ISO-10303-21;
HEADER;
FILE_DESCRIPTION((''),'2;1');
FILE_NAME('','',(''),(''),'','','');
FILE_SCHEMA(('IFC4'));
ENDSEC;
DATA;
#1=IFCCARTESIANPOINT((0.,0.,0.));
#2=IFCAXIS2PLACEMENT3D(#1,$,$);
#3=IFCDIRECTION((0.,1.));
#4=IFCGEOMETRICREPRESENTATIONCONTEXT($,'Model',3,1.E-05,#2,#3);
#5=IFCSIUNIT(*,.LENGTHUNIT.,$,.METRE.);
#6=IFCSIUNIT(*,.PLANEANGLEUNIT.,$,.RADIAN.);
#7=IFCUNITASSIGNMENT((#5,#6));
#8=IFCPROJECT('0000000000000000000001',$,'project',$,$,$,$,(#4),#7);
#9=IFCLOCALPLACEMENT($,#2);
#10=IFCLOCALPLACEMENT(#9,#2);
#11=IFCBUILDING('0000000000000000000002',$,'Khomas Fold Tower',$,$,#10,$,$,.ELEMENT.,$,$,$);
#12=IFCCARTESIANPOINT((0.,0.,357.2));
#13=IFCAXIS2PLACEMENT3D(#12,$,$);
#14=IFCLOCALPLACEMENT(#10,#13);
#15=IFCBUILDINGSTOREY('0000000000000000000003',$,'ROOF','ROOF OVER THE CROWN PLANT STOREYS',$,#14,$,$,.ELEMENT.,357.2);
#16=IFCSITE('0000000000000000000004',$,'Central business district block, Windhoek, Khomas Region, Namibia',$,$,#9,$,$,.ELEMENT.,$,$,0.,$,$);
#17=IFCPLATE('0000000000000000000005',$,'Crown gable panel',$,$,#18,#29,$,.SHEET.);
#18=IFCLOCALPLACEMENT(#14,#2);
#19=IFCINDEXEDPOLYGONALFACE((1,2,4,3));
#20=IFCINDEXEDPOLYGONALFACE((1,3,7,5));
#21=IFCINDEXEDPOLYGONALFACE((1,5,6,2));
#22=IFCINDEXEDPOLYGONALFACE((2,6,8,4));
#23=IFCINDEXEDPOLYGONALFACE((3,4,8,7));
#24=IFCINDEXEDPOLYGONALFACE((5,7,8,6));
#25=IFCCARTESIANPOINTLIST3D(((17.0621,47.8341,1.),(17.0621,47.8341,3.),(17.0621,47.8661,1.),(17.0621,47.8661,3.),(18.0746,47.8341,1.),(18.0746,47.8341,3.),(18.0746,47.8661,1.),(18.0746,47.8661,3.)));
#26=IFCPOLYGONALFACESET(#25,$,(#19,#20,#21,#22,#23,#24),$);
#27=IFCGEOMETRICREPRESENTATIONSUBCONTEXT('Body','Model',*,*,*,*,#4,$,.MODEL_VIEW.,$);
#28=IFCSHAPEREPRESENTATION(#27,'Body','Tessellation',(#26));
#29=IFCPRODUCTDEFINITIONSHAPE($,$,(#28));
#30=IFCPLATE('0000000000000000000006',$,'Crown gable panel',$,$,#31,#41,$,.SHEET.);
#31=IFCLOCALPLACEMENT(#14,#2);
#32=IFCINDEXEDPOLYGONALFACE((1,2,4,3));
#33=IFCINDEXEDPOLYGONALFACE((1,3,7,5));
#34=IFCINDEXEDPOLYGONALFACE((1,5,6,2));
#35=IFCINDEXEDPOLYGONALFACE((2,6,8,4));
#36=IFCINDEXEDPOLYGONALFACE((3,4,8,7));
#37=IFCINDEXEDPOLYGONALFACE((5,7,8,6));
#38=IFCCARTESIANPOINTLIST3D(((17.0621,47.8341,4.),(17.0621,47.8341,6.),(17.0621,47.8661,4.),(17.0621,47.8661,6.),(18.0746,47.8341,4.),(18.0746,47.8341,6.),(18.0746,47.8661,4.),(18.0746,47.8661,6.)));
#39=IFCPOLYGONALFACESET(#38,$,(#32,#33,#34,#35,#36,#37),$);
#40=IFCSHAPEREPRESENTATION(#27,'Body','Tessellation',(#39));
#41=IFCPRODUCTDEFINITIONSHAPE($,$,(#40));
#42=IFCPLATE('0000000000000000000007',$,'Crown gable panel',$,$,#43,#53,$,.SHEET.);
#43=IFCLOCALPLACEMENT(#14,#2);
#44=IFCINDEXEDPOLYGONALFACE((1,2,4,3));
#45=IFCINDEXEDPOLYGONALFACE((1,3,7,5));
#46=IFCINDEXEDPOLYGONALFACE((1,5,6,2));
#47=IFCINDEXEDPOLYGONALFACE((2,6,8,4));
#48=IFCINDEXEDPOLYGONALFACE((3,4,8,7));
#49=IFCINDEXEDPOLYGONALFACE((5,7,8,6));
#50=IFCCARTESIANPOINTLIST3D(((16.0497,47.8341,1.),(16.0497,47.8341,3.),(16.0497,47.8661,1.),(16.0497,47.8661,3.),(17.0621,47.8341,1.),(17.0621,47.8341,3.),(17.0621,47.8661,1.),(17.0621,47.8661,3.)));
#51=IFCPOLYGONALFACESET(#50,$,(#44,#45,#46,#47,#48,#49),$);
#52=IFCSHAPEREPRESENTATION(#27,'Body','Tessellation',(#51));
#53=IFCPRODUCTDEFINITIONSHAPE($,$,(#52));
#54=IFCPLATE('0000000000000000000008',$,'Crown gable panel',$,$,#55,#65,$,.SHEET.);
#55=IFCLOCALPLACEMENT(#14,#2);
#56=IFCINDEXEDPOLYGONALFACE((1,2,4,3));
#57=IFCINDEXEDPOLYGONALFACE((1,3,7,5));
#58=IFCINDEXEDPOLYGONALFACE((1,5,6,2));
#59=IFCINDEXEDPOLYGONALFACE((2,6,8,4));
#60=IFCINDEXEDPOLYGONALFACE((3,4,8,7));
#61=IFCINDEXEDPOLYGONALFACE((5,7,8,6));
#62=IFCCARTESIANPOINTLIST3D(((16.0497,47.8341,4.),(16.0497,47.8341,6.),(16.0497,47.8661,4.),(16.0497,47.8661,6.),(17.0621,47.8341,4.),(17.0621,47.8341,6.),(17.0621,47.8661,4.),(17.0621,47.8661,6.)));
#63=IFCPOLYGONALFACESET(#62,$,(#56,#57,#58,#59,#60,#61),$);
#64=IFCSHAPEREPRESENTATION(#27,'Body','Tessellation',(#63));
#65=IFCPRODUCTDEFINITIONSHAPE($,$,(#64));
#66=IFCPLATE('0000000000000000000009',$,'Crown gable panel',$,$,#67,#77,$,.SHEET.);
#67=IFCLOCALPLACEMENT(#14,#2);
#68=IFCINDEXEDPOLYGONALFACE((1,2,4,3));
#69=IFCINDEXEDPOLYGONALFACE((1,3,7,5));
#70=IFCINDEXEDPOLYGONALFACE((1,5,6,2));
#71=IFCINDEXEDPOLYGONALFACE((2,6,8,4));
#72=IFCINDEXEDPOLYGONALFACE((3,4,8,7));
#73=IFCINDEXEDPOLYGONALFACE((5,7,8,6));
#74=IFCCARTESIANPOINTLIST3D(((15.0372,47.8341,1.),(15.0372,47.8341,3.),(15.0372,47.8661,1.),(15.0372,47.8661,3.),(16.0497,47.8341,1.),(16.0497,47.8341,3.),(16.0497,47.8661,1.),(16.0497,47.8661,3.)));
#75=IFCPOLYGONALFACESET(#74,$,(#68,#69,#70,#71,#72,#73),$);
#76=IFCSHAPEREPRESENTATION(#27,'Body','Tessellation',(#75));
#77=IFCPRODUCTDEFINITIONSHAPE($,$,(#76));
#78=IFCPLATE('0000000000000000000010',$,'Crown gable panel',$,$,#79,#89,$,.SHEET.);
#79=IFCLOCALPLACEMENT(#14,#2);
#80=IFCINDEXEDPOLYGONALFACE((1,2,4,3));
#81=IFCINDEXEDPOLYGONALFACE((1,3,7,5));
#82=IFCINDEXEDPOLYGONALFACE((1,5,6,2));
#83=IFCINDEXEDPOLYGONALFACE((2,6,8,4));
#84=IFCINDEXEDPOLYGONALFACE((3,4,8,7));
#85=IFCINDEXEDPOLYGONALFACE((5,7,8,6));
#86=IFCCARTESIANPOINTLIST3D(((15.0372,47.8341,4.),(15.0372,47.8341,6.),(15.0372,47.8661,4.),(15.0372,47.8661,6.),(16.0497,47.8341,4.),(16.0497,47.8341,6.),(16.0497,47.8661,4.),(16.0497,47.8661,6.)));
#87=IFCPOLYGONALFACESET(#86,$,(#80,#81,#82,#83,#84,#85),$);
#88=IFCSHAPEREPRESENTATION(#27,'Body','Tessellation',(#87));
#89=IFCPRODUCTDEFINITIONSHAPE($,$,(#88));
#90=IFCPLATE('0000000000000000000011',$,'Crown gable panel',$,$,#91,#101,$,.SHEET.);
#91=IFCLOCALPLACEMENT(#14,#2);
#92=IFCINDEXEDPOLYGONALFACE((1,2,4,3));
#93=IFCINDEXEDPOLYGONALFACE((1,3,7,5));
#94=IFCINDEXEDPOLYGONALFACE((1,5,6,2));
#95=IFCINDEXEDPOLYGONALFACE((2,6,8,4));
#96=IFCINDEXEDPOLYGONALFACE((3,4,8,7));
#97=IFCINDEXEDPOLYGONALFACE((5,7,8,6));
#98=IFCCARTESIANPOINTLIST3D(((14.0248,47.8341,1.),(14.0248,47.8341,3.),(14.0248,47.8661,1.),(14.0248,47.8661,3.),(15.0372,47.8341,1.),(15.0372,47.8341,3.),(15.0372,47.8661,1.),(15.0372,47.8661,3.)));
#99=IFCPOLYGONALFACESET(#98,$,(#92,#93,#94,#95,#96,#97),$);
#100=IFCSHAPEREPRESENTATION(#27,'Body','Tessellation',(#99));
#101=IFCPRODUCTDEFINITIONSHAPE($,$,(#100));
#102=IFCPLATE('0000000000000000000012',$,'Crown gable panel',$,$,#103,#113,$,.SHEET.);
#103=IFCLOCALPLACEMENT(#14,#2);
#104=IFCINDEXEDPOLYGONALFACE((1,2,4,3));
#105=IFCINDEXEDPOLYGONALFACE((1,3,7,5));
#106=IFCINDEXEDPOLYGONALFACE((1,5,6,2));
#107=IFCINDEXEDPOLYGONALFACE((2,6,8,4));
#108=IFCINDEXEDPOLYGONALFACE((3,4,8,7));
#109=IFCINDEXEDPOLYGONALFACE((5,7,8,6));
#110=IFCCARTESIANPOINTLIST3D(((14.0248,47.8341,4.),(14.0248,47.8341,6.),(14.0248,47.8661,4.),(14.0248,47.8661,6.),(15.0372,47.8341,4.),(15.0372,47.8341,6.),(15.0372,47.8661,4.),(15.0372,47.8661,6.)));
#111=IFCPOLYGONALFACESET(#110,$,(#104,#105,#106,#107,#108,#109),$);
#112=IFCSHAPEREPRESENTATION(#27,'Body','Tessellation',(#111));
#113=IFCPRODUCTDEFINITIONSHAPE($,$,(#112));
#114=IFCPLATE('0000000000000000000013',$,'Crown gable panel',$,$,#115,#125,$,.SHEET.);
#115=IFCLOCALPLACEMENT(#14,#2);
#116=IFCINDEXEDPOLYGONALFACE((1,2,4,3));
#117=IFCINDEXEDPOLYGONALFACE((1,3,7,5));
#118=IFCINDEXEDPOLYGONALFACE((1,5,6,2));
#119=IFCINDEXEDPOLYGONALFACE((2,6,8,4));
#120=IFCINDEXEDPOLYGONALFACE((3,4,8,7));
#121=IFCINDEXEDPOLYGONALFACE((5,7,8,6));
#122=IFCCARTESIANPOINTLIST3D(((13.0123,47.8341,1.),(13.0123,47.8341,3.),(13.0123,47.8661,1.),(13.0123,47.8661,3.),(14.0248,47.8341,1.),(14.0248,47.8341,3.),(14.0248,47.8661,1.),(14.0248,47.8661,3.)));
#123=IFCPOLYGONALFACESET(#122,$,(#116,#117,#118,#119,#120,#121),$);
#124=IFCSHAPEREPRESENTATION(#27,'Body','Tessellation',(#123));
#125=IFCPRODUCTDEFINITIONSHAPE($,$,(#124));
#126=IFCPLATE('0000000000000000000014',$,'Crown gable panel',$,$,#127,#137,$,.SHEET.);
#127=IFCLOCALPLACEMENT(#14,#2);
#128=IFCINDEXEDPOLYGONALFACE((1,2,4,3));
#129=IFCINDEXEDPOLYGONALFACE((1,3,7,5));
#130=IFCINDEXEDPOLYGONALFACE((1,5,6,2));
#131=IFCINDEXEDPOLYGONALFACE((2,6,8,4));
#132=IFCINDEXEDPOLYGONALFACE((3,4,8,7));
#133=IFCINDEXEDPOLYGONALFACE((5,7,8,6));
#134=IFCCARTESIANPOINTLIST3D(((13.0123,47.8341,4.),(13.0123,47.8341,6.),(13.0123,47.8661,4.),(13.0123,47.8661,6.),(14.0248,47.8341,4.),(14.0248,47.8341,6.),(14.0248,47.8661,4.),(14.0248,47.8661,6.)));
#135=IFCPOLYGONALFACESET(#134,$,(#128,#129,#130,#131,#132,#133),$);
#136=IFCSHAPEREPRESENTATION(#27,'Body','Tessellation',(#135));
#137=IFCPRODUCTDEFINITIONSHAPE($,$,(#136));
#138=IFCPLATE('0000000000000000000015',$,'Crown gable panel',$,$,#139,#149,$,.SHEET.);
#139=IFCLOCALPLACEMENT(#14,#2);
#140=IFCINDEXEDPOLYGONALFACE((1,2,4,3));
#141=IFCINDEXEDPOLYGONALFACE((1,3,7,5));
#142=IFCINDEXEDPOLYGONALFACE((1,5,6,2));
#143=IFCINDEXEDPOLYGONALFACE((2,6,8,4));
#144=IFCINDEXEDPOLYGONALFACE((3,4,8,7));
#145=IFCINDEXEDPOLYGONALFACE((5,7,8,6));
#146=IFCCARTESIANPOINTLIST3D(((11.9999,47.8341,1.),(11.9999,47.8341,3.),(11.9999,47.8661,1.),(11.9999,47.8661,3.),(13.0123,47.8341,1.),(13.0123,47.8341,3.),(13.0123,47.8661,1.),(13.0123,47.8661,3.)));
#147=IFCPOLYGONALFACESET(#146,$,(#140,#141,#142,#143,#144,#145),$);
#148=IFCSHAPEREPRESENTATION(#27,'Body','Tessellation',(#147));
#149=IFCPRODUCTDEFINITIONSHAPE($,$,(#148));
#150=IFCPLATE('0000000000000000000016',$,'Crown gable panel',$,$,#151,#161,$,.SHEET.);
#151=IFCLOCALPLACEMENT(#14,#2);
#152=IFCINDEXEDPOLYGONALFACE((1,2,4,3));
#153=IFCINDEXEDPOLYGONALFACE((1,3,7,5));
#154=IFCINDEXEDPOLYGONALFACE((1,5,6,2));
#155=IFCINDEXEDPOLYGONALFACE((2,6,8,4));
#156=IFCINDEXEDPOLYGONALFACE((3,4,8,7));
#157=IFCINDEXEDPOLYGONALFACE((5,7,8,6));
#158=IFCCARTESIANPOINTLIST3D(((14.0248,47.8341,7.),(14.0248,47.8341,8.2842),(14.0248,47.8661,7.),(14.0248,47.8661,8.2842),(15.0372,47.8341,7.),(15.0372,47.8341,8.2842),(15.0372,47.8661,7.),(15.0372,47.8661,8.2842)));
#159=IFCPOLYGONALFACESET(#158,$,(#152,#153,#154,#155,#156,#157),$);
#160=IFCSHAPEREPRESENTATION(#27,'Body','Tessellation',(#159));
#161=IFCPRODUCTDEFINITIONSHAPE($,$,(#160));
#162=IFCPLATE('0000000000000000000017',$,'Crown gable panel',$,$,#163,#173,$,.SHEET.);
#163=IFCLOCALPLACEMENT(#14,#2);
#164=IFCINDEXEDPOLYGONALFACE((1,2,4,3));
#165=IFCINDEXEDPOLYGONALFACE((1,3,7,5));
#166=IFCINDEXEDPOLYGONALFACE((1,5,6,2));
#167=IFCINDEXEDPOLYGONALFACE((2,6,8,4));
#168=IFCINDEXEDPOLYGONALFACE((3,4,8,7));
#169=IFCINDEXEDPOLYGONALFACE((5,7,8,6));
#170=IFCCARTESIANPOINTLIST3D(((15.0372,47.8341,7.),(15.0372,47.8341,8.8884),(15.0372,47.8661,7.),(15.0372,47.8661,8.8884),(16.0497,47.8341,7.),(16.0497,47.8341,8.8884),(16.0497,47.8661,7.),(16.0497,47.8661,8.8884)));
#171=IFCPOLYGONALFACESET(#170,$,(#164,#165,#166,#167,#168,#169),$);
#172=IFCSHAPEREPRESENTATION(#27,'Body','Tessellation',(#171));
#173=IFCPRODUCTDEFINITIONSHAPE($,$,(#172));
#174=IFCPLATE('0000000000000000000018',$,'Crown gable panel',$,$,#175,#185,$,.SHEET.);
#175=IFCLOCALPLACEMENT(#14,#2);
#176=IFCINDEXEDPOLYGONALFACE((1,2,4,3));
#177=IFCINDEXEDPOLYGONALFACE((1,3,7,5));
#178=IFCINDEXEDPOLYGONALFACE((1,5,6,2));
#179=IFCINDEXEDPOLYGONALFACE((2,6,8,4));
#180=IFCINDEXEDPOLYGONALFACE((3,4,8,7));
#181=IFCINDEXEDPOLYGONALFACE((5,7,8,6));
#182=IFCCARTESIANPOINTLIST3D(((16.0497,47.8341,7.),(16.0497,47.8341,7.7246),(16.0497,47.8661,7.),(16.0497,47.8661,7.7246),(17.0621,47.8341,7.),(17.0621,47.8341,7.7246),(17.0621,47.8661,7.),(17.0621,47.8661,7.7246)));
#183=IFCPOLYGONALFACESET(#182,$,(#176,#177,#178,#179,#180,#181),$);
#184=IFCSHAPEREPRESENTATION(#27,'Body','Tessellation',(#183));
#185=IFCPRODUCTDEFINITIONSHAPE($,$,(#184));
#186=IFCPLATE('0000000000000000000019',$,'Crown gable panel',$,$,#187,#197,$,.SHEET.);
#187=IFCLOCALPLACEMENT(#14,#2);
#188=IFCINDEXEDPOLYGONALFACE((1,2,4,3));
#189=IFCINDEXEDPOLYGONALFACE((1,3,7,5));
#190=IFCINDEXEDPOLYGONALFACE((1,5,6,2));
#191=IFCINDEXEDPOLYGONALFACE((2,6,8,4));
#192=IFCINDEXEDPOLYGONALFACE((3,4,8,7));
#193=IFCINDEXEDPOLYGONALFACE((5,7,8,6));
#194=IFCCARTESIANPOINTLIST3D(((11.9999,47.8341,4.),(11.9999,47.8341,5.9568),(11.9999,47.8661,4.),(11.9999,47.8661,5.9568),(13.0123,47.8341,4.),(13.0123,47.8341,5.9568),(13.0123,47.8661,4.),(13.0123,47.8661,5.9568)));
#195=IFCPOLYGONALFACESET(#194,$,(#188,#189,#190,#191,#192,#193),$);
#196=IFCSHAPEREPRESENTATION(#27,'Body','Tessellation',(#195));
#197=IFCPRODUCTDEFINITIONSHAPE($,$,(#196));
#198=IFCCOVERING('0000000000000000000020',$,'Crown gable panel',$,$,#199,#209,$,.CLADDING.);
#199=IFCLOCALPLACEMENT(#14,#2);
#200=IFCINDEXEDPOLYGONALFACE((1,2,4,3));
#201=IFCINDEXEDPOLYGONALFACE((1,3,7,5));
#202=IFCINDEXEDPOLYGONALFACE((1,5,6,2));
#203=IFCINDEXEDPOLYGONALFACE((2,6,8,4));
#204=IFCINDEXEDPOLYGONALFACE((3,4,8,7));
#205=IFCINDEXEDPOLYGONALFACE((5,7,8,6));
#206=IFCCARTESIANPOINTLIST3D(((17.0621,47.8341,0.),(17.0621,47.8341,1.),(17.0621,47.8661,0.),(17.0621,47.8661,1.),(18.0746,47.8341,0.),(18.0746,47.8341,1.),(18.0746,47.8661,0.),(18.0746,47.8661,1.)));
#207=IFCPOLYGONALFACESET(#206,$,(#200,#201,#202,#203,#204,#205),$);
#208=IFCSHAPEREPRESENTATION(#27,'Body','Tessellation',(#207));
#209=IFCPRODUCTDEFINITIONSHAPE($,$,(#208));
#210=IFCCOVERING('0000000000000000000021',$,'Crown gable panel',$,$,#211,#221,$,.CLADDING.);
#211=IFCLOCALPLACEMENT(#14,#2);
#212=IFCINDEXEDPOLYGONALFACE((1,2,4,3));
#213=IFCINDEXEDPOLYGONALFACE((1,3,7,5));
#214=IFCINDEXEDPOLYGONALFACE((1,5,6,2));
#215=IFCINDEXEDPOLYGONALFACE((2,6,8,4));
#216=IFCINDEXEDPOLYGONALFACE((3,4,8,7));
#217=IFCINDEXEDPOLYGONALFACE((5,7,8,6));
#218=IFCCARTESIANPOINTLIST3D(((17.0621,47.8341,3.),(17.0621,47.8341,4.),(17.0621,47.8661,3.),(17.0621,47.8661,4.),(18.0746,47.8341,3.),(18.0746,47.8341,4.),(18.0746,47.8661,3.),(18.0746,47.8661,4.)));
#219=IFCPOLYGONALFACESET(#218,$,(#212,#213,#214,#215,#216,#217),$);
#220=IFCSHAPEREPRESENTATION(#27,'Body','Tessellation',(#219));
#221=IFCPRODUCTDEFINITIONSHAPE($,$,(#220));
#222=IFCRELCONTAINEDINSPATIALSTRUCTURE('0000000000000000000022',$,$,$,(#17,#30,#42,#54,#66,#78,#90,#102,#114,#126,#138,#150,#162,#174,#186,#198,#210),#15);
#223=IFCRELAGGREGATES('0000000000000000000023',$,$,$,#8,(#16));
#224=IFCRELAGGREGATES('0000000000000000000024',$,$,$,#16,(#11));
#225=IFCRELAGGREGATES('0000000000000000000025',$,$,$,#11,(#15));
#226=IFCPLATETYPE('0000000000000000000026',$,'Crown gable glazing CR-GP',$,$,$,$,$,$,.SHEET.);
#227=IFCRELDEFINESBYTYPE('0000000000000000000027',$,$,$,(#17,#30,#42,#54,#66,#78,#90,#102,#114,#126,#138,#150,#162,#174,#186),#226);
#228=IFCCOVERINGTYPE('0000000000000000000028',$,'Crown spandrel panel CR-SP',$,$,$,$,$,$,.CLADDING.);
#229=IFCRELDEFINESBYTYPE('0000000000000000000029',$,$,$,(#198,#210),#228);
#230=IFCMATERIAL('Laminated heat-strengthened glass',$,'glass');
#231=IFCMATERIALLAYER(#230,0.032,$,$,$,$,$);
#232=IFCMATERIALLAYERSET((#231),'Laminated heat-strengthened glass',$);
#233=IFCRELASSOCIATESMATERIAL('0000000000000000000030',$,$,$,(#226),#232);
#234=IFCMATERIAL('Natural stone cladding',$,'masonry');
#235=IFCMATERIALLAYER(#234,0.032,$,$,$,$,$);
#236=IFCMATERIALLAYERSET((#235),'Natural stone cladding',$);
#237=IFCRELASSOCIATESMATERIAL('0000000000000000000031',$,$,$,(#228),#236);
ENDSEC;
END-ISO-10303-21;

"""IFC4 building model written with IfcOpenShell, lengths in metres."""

from ifc_helpers import new_model, si_unit, direction, frame, origin, origin_2d, place, context, subcontext, project, spatial, rectangle, extrude, source, transform, mapped, material, layer, layer_set, type_object, element, save


model = new_model("IFC4")

# Units and contexts
model_context = context("Model", 3, precision=1e-05, world=origin(), true_north=direction((0.0, 1.0)))
body_context = subcontext(model_context, "Body", "Model", "MODEL_VIEW")
ifc_project = project(units=[si_unit("LENGTHUNIT", "METRE"), si_unit("PLANEANGLEUNIT", "RADIAN")], contexts=[model_context])

# Site, building, storey
site_placement = place(None, origin())
site = spatial("IfcSite", under=ifc_project, at=site_placement, Name="Central business district block, Windhoek, Khomas Region, Namibia", CompositionType="ELEMENT", RefElevation=0.0)
building_placement = place(site_placement, origin())
building = spatial("IfcBuilding", under=site, at=building_placement, Name="Khomas Fold Tower", CompositionType="ELEMENT")
storey_placement = place(building_placement, frame((0.0, 0.0, 357.2)))
storey = spatial("IfcBuildingStorey", under=building, at=storey_placement, Name="ROOF", Description="ROOF OVER THE CROWN PLANT STOREYS", CompositionType="ELEMENT", Elevation=357.2)

# Plates
ifc_material_1 = material(Name="Laminated heat-strengthened glass", Category="glass")
ifc_layer_1 = layer(ifc_material_1, 0.032)
ifc_layer_set_1 = layer_set([ifc_layer_1], Name="Laminated heat-strengthened glass")
plate_type = type_object("IfcPlateType", Name="Crown gable glazing CR-GP", PredefinedType="SHEET", material=ifc_layer_set_1)
shared_shape_1 = source(origin(), body_context, "Body", "SweptSolid", [
    extrude(rectangle(XDim=1.0125, YDim=0.032, at=origin_2d()), origin(), (0.0, 0.0, 1.0), 2.0),
])
for number, where, z_axis, x_axis, name in (
    (1, (17.5684, 47.8501, 1.0), (0.0, 0.0, 1.0), (-1.0, 0.0, 0.0), "Crown gable panel"),
    (2, (17.5684, 47.8501, 4.0), (0.0, 0.0, 1.0), (-1.0, 0.0, 0.0), "Crown gable panel"),
    (3, (16.5559, 47.8501, 1.0), (0.0, 0.0, 1.0), (-1.0, 0.0, 0.0), "Crown gable panel"),
    (4, (16.5559, 47.8501, 4.0), (0.0, 0.0, 1.0), (-1.0, 0.0, 0.0), "Crown gable panel"),
    (5, (15.5435, 47.8501, 1.0), (0.0, 0.0, 1.0), (-1.0, 0.0, 0.0), "Crown gable panel"),
    (6, (15.5435, 47.8501, 4.0), (0.0, 0.0, 1.0), (-1.0, 0.0, 0.0), "Crown gable panel"),
    (7, (14.531, 47.8501, 1.0), (0.0, 0.0, 1.0), (-1.0, 0.0, 0.0), "Crown gable panel"),
    (8, (14.531, 47.8501, 4.0), (0.0, 0.0, 1.0), (-1.0, 0.0, 0.0), "Crown gable panel"),
    (9, (13.5186, 47.8501, 1.0), (0.0, 0.0, 1.0), (-1.0, 0.0, 0.0), "Crown gable panel"),
    (10, (13.5186, 47.8501, 4.0), (0.0, 0.0, 1.0), (-1.0, 0.0, 0.0), "Crown gable panel"),
    (11, (12.5061, 47.8501, 1.0), (0.0, 0.0, 1.0), (-1.0, 0.0, 0.0), "Crown gable panel"),
):
    element("IfcPlate", number, at=place(storey_placement, frame(where, z_axis=z_axis, x_axis=x_axis)), inside=storey, type_object=plate_type, Name=name, PredefinedType="SHEET", context=body_context, shape_type="MappedRepresentation", body=[
        mapped(shared_shape_1, transform((0.0, 0.0, 0.0))),
    ])
shared_shape_2 = source(origin(), body_context, "Body", "SweptSolid", [
    extrude(rectangle(XDim=1.0125, YDim=0.032, at=origin_2d()), origin(), (0.0, 0.0, 1.0), 1.2842),
])
plate_1_placement = place(storey_placement, frame((14.531, 47.8501, 7.0), z_axis=(0.0, 0.0, 1.0), x_axis=(-1.0, 0.0, 0.0)))
element("IfcPlate", 12, at=plate_1_placement, inside=storey, type_object=plate_type, Name="Crown gable panel", PredefinedType="SHEET", context=body_context, shape_type="MappedRepresentation", body=[
    mapped(shared_shape_2, transform((0.0, 0.0, 0.0))),
])
shared_shape_3 = source(origin(), body_context, "Body", "SweptSolid", [
    extrude(rectangle(XDim=1.0125, YDim=0.032, at=origin_2d()), origin(), (0.0, 0.0, 1.0), 1.8884),
])
plate_2_placement = place(storey_placement, frame((15.5435, 47.8501, 7.0), z_axis=(0.0, 0.0, 1.0), x_axis=(-1.0, 0.0, 0.0)))
element("IfcPlate", 13, at=plate_2_placement, inside=storey, type_object=plate_type, Name="Crown gable panel", PredefinedType="SHEET", context=body_context, shape_type="MappedRepresentation", body=[
    mapped(shared_shape_3, transform((0.0, 0.0, 0.0))),
])
shared_shape_4 = source(origin(), body_context, "Body", "SweptSolid", [
    extrude(rectangle(XDim=1.0125, YDim=0.032, at=origin_2d()), origin(), (0.0, 0.0, 1.0), 0.7246),
])
plate_3_placement = place(storey_placement, frame((16.5559, 47.8501, 7.0), z_axis=(0.0, 0.0, 1.0), x_axis=(-1.0, 0.0, 0.0)))
element("IfcPlate", 14, at=plate_3_placement, inside=storey, type_object=plate_type, Name="Crown gable panel", PredefinedType="SHEET", context=body_context, shape_type="MappedRepresentation", body=[
    mapped(shared_shape_4, transform((0.0, 0.0, 0.0))),
])
shared_shape_5 = source(origin(), body_context, "Body", "SweptSolid", [
    extrude(rectangle(XDim=1.0125, YDim=0.032, at=origin_2d()), origin(), (0.0, 0.0, 1.0), 1.9568),
])
plate_4_placement = place(storey_placement, frame((12.5061, 47.8501, 4.0), z_axis=(0.0, 0.0, 1.0), x_axis=(-1.0, 0.0, 0.0)))
element("IfcPlate", 15, at=plate_4_placement, inside=storey, type_object=plate_type, Name="Crown gable panel", PredefinedType="SHEET", context=body_context, shape_type="MappedRepresentation", body=[
    mapped(shared_shape_5, transform((0.0, 0.0, 0.0))),
])

# Coverings
ifc_material_2 = material(Name="Natural stone cladding", Category="masonry")
ifc_layer_2 = layer(ifc_material_2, 0.032)
ifc_layer_set_2 = layer_set([ifc_layer_2], Name="Natural stone cladding")
covering_type = type_object("IfcCoveringType", Name="Crown spandrel panel CR-SP", PredefinedType="CLADDING", material=ifc_layer_set_2)
shared_shape_6 = source(origin(), body_context, "Body", "SweptSolid", [
    extrude(rectangle(XDim=1.0125, YDim=0.032, at=origin_2d()), origin(), (0.0, 0.0, 1.0), 1.0),
])
for number, where, z_axis, x_axis, name in (
    (16, (17.5684, 47.8501, 0.0), (0.0, 0.0, 1.0), (-1.0, 0.0, 0.0), "Crown gable panel"),
    (17, (17.5684, 47.8501, 3.0), (0.0, 0.0, 1.0), (-1.0, 0.0, 0.0), "Crown gable panel"),
):
    element("IfcCovering", number, at=place(storey_placement, frame(where, z_axis=z_axis, x_axis=x_axis)), inside=storey, type_object=covering_type, Name=name, PredefinedType="CLADDING", context=body_context, shape_type="MappedRepresentation", body=[
        mapped(shared_shape_6, transform((0.0, 0.0, 0.0))),
    ])

save(model, "model.ifc")
